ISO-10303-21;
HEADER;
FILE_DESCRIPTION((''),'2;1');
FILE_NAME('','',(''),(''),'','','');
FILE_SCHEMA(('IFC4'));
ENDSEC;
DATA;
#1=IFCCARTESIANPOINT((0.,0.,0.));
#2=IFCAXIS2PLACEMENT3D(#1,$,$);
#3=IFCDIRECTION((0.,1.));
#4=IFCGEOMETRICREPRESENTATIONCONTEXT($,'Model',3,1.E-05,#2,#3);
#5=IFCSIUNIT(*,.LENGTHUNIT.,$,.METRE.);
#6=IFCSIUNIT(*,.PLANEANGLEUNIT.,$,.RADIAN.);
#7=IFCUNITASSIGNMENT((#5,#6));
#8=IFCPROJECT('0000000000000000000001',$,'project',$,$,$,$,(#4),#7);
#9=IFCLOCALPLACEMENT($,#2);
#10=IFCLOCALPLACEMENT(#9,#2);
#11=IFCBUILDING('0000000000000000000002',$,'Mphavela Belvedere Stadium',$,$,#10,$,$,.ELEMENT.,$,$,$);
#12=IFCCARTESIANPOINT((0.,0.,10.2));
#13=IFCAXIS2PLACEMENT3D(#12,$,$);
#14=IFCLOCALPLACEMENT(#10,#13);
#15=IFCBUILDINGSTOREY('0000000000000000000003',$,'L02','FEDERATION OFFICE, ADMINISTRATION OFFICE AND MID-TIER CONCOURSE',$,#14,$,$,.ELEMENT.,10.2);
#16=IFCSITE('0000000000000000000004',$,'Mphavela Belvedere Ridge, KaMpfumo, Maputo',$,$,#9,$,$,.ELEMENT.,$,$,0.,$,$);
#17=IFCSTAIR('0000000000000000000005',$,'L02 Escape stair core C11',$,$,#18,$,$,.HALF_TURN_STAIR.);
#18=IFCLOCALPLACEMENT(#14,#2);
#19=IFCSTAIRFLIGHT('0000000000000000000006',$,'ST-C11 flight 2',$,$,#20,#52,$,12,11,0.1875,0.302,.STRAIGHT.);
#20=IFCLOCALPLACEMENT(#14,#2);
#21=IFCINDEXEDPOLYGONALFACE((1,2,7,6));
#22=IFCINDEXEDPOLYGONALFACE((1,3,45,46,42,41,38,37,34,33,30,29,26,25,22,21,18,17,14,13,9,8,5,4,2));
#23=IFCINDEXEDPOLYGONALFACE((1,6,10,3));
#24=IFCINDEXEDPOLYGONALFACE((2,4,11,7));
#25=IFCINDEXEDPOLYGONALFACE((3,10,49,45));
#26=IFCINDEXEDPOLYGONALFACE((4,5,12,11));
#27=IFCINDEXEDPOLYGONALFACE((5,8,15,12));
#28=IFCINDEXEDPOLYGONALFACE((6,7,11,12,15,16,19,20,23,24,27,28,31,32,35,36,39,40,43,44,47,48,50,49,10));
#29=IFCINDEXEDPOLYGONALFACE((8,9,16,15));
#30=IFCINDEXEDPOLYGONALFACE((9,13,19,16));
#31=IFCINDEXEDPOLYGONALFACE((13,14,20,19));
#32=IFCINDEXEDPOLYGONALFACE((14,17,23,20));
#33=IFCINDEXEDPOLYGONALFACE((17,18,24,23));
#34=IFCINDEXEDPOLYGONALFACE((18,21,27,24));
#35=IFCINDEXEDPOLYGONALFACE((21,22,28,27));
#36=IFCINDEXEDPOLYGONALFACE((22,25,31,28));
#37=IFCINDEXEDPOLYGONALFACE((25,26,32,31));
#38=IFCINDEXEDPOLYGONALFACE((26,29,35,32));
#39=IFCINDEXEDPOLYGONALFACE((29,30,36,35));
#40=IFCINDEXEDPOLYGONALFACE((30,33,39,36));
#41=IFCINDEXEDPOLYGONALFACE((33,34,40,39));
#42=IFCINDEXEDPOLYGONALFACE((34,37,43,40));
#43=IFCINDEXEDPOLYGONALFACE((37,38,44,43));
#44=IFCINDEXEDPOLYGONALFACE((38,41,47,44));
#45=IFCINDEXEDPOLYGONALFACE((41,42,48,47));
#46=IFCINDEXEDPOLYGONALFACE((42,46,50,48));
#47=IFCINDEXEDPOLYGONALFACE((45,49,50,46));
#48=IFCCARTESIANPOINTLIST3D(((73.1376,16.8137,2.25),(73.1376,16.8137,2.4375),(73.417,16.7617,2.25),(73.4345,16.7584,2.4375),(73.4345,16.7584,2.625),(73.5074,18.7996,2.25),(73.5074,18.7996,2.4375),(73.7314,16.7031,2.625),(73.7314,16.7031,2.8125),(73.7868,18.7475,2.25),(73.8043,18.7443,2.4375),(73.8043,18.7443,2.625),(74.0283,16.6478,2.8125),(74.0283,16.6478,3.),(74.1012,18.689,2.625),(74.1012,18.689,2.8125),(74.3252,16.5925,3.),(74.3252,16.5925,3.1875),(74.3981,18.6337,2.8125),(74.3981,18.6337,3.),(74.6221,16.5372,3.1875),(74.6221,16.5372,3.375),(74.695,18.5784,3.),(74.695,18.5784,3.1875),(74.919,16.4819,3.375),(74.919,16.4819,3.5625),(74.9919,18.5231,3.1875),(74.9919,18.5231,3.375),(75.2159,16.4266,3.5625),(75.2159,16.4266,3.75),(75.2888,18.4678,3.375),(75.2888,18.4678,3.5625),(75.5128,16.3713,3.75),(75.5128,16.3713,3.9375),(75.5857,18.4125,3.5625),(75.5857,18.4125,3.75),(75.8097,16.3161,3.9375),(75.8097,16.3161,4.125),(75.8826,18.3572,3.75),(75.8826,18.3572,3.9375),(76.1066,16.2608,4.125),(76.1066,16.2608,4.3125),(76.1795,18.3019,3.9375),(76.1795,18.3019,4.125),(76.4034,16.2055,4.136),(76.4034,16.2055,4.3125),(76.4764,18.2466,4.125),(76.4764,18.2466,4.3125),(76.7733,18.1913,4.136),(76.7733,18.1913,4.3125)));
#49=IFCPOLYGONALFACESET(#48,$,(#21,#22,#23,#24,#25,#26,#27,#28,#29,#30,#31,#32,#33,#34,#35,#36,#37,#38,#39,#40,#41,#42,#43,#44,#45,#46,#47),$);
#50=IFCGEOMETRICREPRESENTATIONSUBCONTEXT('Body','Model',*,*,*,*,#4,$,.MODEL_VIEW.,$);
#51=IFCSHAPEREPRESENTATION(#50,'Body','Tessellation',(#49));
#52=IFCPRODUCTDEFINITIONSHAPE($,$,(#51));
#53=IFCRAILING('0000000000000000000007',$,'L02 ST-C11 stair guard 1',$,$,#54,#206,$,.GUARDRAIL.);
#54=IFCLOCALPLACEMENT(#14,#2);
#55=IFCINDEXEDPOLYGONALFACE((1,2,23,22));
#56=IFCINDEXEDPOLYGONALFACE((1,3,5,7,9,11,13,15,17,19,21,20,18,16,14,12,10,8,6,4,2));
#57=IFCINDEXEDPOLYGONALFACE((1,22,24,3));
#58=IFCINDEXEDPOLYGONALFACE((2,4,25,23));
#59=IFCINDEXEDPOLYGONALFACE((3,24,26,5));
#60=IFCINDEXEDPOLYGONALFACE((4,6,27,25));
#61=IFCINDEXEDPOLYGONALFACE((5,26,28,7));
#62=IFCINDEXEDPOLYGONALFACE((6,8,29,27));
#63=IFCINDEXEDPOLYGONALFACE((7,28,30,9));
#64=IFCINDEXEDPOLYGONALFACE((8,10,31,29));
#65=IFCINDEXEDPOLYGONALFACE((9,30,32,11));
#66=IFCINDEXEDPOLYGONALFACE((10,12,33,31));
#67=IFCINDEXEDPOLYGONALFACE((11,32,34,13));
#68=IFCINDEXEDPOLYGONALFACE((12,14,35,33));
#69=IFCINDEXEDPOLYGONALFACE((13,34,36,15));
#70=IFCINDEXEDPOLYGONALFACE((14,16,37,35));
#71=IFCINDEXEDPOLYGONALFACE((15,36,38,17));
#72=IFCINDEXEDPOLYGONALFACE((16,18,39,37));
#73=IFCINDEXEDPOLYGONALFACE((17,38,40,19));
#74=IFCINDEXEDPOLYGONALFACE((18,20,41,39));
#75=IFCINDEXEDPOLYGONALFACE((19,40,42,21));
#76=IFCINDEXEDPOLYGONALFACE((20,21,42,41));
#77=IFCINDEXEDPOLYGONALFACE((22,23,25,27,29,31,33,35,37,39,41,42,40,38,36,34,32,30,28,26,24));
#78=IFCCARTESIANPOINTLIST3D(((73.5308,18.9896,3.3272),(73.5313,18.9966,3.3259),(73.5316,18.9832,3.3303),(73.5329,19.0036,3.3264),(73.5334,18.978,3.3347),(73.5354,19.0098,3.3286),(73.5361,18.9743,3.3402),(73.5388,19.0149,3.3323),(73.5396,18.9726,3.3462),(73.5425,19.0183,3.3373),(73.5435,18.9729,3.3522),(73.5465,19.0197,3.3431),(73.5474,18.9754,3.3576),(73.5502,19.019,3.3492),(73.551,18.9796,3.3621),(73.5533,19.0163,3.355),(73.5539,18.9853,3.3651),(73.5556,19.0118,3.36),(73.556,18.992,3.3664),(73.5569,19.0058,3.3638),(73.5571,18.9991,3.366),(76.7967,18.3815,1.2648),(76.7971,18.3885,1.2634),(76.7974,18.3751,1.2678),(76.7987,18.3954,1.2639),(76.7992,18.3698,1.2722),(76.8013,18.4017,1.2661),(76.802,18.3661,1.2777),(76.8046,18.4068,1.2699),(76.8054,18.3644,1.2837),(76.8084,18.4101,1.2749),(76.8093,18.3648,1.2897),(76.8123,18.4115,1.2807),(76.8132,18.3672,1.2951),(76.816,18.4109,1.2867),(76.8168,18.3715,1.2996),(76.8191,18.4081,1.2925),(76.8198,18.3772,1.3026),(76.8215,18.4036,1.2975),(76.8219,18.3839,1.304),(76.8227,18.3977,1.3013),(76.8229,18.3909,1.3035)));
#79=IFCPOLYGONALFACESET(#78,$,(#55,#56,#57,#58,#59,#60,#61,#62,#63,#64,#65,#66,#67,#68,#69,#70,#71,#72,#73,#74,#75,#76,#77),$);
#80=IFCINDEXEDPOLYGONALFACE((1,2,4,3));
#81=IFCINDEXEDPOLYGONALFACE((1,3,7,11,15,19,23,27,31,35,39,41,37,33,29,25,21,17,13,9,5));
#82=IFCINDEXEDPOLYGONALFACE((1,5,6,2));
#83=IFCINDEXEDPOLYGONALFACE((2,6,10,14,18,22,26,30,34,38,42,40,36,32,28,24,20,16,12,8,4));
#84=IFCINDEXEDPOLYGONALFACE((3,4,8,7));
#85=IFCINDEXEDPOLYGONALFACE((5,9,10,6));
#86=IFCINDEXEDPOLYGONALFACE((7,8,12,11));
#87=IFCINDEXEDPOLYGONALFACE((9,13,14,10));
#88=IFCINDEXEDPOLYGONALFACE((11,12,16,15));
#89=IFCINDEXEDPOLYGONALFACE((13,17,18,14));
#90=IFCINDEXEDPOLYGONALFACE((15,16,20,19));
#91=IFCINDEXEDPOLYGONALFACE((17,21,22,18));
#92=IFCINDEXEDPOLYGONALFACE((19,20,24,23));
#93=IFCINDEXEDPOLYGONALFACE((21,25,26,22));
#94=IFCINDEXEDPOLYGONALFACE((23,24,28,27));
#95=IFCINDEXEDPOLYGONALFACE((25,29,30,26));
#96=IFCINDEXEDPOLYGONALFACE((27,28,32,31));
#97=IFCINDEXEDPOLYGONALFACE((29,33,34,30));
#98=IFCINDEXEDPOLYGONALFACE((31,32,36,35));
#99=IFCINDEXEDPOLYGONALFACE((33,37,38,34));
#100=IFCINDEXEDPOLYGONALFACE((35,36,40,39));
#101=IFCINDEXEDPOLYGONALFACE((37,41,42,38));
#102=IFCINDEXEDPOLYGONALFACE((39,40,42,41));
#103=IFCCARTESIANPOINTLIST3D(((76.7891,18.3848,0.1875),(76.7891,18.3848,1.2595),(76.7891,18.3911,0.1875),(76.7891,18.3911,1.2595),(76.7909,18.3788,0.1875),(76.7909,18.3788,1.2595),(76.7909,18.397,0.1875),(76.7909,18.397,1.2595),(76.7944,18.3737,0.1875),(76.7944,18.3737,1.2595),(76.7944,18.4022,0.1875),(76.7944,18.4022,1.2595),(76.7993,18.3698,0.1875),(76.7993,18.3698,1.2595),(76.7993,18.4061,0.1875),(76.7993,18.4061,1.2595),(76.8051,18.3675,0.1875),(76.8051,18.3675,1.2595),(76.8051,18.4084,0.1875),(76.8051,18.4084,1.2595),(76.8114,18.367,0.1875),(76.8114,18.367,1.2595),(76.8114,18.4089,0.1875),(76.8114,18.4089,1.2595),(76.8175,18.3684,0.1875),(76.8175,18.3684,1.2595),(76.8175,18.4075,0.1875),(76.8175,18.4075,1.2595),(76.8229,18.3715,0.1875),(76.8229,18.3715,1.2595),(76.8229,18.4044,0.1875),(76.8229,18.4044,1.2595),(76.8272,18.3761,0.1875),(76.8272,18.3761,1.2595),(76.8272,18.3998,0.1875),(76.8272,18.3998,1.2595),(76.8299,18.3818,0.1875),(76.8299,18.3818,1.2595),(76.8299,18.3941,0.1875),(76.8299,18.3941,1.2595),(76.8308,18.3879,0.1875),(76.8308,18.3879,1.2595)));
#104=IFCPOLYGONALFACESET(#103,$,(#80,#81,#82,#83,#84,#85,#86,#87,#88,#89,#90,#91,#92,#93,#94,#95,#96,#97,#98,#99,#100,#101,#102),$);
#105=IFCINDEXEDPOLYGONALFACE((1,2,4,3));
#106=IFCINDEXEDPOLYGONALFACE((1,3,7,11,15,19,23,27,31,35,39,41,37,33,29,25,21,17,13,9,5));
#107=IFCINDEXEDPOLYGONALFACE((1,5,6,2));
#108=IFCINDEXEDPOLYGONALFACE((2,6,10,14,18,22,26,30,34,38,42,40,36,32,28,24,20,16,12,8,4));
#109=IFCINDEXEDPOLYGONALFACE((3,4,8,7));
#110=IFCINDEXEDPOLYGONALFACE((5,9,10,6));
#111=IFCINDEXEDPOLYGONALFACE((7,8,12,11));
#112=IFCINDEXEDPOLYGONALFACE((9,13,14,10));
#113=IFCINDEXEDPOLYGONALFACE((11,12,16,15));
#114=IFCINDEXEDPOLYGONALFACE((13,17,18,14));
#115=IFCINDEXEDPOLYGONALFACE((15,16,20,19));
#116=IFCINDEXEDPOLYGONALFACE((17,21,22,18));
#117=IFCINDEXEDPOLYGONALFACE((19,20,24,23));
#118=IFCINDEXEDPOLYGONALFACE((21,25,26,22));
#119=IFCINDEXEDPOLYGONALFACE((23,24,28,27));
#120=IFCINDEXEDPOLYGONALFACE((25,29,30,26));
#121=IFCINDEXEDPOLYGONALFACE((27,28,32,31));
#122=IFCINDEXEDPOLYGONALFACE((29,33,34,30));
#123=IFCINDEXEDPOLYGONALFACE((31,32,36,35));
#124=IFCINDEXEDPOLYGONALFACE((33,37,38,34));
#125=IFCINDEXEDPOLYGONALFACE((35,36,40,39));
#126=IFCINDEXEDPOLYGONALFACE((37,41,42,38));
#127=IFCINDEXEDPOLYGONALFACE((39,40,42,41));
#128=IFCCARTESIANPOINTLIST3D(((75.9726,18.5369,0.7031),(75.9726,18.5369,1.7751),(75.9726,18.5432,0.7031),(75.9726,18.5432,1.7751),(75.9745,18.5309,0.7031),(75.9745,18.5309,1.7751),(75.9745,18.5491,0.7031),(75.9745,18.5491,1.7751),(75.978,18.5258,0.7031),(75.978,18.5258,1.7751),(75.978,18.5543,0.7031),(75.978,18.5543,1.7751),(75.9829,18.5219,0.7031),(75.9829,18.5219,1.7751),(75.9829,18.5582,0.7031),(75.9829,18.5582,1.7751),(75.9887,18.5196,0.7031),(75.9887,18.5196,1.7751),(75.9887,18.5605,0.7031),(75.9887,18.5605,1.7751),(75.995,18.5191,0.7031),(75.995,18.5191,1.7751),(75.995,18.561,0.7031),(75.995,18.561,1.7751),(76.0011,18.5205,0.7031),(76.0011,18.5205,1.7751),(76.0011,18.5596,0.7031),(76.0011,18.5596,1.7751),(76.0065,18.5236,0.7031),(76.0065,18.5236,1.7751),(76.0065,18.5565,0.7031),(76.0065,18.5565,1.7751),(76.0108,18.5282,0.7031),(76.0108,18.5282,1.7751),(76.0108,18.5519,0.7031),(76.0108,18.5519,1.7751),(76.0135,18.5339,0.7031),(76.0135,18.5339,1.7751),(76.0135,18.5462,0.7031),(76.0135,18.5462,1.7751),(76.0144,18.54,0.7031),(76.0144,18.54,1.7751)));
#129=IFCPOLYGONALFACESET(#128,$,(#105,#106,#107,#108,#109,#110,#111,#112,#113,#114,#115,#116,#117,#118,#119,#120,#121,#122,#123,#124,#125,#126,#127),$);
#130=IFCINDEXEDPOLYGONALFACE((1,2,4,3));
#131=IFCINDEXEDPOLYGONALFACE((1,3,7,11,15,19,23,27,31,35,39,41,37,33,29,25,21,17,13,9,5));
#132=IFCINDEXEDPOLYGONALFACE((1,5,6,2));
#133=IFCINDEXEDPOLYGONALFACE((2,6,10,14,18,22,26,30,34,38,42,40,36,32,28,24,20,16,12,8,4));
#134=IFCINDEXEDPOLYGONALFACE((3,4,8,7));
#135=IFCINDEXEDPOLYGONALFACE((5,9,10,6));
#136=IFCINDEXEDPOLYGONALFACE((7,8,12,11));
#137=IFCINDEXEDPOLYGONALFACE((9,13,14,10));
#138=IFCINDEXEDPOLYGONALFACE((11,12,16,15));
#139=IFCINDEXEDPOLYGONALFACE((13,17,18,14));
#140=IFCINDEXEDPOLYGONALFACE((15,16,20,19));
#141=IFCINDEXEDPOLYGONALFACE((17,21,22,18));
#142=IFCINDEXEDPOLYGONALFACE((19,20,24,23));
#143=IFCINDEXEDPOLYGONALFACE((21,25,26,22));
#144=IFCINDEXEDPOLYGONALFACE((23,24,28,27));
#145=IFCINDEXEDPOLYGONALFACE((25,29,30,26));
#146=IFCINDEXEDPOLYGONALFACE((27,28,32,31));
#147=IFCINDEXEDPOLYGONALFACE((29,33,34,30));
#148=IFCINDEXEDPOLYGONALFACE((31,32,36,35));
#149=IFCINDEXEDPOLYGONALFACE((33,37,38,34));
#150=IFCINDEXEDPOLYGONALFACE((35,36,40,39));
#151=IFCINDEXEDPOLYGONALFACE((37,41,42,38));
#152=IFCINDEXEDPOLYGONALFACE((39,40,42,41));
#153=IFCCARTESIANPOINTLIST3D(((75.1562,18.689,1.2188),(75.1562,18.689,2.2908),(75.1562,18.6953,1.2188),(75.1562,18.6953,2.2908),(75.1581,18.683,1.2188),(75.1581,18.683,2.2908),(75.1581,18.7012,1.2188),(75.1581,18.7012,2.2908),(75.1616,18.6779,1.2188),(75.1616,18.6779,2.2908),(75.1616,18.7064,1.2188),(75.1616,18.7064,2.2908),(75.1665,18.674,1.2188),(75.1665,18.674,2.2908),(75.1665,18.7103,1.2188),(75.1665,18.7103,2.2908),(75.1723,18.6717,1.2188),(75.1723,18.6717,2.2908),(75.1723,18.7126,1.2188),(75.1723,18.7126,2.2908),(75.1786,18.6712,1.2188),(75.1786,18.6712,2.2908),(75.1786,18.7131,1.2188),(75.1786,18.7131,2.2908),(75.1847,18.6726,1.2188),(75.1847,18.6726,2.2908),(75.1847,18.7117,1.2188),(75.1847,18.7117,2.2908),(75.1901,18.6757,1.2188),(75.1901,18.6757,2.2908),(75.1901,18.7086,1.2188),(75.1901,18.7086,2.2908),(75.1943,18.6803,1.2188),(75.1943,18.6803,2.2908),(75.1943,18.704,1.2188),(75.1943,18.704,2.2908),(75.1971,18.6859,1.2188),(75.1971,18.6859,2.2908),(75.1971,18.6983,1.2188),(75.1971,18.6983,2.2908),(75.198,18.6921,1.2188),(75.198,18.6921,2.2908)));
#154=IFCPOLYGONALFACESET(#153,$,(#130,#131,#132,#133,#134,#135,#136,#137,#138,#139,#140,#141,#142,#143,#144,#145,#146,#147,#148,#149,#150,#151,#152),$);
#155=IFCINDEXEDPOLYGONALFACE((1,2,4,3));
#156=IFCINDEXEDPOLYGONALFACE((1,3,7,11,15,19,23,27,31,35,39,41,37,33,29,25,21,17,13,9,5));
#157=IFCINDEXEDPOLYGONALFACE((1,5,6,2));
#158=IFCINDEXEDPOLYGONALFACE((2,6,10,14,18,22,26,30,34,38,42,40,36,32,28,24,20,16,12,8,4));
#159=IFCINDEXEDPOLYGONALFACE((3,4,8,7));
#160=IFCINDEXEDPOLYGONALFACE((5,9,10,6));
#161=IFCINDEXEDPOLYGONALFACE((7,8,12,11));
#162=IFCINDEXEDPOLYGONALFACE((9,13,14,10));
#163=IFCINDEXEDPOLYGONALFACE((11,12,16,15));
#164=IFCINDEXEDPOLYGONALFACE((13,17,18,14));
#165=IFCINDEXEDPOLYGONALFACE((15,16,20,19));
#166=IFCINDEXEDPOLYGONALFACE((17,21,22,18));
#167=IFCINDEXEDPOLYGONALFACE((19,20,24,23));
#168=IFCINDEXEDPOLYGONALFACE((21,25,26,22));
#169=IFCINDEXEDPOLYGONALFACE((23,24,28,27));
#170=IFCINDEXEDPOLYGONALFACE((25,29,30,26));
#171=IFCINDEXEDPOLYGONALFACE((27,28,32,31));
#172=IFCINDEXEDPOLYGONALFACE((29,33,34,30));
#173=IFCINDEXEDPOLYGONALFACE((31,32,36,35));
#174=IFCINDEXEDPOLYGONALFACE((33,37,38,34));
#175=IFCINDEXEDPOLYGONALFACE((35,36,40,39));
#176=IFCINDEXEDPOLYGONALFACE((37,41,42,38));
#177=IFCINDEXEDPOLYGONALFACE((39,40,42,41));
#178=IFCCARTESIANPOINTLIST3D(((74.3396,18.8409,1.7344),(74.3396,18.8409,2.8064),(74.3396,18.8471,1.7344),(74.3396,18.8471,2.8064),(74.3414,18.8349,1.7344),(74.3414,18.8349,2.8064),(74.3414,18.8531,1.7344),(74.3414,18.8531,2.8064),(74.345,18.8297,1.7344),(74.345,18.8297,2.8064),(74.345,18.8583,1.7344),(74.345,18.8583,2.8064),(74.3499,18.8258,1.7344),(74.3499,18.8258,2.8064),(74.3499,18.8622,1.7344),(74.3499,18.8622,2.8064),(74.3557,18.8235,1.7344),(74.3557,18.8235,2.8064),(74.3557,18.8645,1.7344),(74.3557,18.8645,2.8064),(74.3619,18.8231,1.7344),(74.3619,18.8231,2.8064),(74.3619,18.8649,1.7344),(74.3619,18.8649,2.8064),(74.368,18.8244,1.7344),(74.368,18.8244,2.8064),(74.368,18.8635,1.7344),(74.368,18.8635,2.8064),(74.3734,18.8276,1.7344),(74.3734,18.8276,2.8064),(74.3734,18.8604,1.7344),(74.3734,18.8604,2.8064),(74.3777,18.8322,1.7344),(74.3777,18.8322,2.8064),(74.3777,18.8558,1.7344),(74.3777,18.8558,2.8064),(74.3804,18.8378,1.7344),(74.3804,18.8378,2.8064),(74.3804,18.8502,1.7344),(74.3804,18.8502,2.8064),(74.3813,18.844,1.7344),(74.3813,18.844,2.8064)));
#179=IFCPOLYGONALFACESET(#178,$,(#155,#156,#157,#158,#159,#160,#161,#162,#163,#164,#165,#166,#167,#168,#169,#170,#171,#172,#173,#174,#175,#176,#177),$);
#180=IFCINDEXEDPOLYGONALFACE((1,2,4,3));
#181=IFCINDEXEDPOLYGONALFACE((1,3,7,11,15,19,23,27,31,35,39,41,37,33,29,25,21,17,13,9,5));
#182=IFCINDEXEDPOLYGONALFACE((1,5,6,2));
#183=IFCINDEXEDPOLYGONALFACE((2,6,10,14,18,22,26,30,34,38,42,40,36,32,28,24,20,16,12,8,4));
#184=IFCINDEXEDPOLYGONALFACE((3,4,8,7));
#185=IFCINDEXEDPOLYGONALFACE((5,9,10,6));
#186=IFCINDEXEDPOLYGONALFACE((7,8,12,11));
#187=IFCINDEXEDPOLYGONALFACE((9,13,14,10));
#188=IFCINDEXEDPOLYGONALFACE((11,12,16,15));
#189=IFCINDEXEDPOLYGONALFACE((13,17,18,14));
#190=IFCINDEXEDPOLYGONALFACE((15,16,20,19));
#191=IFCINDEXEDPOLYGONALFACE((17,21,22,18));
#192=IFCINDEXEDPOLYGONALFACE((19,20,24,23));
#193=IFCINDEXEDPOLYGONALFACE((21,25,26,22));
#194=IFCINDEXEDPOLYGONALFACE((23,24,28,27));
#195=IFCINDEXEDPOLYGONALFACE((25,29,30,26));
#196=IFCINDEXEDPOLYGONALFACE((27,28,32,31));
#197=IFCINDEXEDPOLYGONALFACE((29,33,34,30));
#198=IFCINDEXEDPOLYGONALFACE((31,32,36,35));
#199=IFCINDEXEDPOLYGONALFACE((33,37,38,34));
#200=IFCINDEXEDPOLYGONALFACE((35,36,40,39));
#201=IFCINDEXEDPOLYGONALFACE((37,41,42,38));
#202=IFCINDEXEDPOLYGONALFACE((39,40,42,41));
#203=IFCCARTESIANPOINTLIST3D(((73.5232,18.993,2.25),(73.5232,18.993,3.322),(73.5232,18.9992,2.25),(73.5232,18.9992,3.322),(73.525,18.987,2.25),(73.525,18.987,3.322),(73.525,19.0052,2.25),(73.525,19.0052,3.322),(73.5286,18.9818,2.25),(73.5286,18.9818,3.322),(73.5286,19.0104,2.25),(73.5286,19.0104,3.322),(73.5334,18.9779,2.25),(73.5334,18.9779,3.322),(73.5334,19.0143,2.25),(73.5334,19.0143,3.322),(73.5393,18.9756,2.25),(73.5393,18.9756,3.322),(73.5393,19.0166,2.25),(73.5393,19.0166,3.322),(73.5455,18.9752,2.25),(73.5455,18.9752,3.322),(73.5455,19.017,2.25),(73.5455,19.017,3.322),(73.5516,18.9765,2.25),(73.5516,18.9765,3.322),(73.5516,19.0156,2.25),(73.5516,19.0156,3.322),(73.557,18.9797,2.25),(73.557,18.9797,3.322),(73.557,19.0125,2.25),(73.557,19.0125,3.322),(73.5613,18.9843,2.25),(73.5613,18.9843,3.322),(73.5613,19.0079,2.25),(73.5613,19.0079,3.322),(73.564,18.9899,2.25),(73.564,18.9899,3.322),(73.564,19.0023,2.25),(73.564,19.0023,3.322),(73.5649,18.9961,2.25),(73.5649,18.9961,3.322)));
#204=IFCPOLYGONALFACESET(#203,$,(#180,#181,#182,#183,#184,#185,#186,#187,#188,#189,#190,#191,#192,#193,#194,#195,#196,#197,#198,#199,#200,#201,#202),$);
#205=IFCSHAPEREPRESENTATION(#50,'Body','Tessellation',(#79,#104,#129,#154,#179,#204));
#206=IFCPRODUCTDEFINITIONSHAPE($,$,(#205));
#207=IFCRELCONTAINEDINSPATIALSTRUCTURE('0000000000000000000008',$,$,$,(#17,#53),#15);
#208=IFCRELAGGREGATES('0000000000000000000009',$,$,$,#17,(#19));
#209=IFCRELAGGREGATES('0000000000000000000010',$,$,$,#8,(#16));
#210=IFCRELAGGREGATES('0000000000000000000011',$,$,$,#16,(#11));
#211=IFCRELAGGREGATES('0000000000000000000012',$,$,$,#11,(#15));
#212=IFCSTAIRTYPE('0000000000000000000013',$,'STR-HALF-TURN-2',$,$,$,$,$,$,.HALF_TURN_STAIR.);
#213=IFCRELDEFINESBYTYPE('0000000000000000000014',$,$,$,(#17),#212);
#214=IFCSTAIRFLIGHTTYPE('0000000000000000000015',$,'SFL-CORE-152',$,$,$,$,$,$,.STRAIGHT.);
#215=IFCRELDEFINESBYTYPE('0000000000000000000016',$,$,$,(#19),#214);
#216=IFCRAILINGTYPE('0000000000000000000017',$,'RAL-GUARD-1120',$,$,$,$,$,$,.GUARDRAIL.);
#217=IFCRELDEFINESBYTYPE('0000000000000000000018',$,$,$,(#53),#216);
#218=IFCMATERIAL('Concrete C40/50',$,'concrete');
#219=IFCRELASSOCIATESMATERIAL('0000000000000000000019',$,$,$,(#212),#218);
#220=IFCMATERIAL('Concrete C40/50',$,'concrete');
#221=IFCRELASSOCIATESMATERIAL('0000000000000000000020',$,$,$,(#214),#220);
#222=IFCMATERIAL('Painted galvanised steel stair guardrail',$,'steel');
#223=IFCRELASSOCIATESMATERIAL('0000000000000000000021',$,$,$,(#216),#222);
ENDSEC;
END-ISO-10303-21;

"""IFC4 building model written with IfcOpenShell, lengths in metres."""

from ifc_helpers import new_model, si_unit, direction, frame, origin, origin_2d, place, context, subcontext, project, spatial, polyline, circle, outline, extrude, material, type_object, element, aggregate, save


model = new_model("IFC4")

# Units and contexts
model_context = context("Model", 3, precision=1e-05, world=origin(), true_north=direction((0.0, 1.0)))
body_context = subcontext(model_context, "Body", "Model", "MODEL_VIEW")
ifc_project = project(units=[si_unit("LENGTHUNIT", "METRE"), si_unit("PLANEANGLEUNIT", "RADIAN")], contexts=[model_context])

# Site, building, storey
site_placement = place(None, origin())
site = spatial("IfcSite", under=ifc_project, at=site_placement, Name="Mphavela Belvedere Ridge, KaMpfumo, Maputo", CompositionType="ELEMENT", RefElevation=0.0)
building_placement = place(site_placement, origin())
building = spatial("IfcBuilding", under=site, at=building_placement, Name="Mphavela Belvedere Stadium", CompositionType="ELEMENT")
storey_placement = place(building_placement, frame((0.0, 0.0, 10.2)))
storey = spatial("IfcBuildingStorey", under=building, at=storey_placement, Name="L02", Description="FEDERATION OFFICE, ADMINISTRATION OFFICE AND MID-TIER CONCOURSE", CompositionType="ELEMENT", Elevation=10.2)

# Stair, stair flight
ifc_material_1 = material(Name="Concrete C40/50", Category="concrete")
stair_type = type_object("IfcStairType", Name="STR-HALF-TURN-2", PredefinedType="HALF_TURN_STAIR", material=ifc_material_1)
stair_placement = place(storey_placement, origin())
stair = element("IfcStair", 1, at=stair_placement, inside=storey, type_object=stair_type, Name="L02 Escape stair core C11", PredefinedType="HALF_TURN_STAIR")
ifc_material_2 = material(Name="Concrete C40/50", Category="concrete")
stair_flight_type = type_object("IfcStairFlightType", Name="SFL-CORE-152", PredefinedType="STRAIGHT", material=ifc_material_2)
stair_flight_1_placement = place(storey_placement, frame((73.3225, 17.8066, 2.25), z_axis=(0.0, 0.0, 1.0), x_axis=(0.983096, -0.183094, 0.0)))
stair_flight_1 = element("IfcStairFlight", 2, at=stair_flight_1_placement, type_object=stair_flight_type, Name="ST-C11 flight 2", NumberOfRisers=12, NumberOfTreads=11, PredefinedType="STRAIGHT", RiserHeight=0.1875, TreadLength=0.302, context=body_context, shape_type="SweptSolid", body=[
    extrude(outline(polyline([(0.0, 0.0), (0.0, 0.1875), (0.302, 0.1875), (0.302, 0.375), (0.604, 0.375), (0.604, 0.5625), (0.906, 0.5625), (0.906, 0.75), (1.208, 0.75), (1.208, 0.9375), (1.51, 0.9375), (1.51, 1.125), (1.812, 1.125), (1.812, 1.3125), (2.114, 1.3125), (2.114, 1.5), (2.416, 1.5), (2.416, 1.6875), (2.718, 1.6875), (2.718, 1.875), (3.02, 1.875), (3.02, 2.0625), (3.322, 2.0625), (3.322, 2.25), (3.322, 1.886), (0.2842, 0.0), (0.0, 0.0)])), frame((0.0, 1.01, 0.0), z_axis=(0.0, -1.0, 0.0), x_axis=(1.0, 0.0, 0.0)), (0.0, 0.0, 1.0), 2.02),
])
aggregate(stair, [stair_flight_1])

# Railing
ifc_material_3 = material(Name="Painted galvanised steel stair guardrail", Category="steel")
railing_type_1 = type_object("IfcRailingType", Name="RAL-GUARD-1120", PredefinedType="GUARDRAIL", material=ifc_material_3)
railing_1_placement = place(storey_placement, frame((76.8098, 18.3879, 0.1875)))
element("IfcRailing", 3, at=railing_1_placement, inside=storey, type_object=railing_type_1, Name="L02 ST-C11 stair guard 1", PredefinedType="GUARDRAIL", context=body_context, shape_type="SweptSolid", body=[
    extrude(circle(Radius=0.0239, at=origin_2d()), frame((0.0, 0.0, 1.0962), z_axis=(-0.835218, 0.15553, 0.527467), x_axis=(-0.183068, -0.9831, 0.0)), (0.0, 0.0, 1.0), 3.9102),
    extrude(circle(Radius=0.021, at=origin_2d()), origin(), (0.0, 0.0, 1.0), 1.072),
    extrude(circle(Radius=0.021, at=origin_2d()), frame((-0.8164, 0.1521, 0.5156)), (0.0, 0.0, 1.0), 1.072),
    extrude(circle(Radius=0.021, at=origin_2d()), frame((-1.6328, 0.3042, 1.0312)), (0.0, 0.0, 1.0), 1.072),
    extrude(circle(Radius=0.021, at=origin_2d()), frame((-2.4495, 0.4561, 1.5469)), (0.0, 0.0, 1.0), 1.072),
    extrude(circle(Radius=0.021, at=origin_2d()), frame((-3.2659, 0.6082, 2.0625)), (0.0, 0.0, 1.0), 1.072),
])

save(model, "model.ifc")
